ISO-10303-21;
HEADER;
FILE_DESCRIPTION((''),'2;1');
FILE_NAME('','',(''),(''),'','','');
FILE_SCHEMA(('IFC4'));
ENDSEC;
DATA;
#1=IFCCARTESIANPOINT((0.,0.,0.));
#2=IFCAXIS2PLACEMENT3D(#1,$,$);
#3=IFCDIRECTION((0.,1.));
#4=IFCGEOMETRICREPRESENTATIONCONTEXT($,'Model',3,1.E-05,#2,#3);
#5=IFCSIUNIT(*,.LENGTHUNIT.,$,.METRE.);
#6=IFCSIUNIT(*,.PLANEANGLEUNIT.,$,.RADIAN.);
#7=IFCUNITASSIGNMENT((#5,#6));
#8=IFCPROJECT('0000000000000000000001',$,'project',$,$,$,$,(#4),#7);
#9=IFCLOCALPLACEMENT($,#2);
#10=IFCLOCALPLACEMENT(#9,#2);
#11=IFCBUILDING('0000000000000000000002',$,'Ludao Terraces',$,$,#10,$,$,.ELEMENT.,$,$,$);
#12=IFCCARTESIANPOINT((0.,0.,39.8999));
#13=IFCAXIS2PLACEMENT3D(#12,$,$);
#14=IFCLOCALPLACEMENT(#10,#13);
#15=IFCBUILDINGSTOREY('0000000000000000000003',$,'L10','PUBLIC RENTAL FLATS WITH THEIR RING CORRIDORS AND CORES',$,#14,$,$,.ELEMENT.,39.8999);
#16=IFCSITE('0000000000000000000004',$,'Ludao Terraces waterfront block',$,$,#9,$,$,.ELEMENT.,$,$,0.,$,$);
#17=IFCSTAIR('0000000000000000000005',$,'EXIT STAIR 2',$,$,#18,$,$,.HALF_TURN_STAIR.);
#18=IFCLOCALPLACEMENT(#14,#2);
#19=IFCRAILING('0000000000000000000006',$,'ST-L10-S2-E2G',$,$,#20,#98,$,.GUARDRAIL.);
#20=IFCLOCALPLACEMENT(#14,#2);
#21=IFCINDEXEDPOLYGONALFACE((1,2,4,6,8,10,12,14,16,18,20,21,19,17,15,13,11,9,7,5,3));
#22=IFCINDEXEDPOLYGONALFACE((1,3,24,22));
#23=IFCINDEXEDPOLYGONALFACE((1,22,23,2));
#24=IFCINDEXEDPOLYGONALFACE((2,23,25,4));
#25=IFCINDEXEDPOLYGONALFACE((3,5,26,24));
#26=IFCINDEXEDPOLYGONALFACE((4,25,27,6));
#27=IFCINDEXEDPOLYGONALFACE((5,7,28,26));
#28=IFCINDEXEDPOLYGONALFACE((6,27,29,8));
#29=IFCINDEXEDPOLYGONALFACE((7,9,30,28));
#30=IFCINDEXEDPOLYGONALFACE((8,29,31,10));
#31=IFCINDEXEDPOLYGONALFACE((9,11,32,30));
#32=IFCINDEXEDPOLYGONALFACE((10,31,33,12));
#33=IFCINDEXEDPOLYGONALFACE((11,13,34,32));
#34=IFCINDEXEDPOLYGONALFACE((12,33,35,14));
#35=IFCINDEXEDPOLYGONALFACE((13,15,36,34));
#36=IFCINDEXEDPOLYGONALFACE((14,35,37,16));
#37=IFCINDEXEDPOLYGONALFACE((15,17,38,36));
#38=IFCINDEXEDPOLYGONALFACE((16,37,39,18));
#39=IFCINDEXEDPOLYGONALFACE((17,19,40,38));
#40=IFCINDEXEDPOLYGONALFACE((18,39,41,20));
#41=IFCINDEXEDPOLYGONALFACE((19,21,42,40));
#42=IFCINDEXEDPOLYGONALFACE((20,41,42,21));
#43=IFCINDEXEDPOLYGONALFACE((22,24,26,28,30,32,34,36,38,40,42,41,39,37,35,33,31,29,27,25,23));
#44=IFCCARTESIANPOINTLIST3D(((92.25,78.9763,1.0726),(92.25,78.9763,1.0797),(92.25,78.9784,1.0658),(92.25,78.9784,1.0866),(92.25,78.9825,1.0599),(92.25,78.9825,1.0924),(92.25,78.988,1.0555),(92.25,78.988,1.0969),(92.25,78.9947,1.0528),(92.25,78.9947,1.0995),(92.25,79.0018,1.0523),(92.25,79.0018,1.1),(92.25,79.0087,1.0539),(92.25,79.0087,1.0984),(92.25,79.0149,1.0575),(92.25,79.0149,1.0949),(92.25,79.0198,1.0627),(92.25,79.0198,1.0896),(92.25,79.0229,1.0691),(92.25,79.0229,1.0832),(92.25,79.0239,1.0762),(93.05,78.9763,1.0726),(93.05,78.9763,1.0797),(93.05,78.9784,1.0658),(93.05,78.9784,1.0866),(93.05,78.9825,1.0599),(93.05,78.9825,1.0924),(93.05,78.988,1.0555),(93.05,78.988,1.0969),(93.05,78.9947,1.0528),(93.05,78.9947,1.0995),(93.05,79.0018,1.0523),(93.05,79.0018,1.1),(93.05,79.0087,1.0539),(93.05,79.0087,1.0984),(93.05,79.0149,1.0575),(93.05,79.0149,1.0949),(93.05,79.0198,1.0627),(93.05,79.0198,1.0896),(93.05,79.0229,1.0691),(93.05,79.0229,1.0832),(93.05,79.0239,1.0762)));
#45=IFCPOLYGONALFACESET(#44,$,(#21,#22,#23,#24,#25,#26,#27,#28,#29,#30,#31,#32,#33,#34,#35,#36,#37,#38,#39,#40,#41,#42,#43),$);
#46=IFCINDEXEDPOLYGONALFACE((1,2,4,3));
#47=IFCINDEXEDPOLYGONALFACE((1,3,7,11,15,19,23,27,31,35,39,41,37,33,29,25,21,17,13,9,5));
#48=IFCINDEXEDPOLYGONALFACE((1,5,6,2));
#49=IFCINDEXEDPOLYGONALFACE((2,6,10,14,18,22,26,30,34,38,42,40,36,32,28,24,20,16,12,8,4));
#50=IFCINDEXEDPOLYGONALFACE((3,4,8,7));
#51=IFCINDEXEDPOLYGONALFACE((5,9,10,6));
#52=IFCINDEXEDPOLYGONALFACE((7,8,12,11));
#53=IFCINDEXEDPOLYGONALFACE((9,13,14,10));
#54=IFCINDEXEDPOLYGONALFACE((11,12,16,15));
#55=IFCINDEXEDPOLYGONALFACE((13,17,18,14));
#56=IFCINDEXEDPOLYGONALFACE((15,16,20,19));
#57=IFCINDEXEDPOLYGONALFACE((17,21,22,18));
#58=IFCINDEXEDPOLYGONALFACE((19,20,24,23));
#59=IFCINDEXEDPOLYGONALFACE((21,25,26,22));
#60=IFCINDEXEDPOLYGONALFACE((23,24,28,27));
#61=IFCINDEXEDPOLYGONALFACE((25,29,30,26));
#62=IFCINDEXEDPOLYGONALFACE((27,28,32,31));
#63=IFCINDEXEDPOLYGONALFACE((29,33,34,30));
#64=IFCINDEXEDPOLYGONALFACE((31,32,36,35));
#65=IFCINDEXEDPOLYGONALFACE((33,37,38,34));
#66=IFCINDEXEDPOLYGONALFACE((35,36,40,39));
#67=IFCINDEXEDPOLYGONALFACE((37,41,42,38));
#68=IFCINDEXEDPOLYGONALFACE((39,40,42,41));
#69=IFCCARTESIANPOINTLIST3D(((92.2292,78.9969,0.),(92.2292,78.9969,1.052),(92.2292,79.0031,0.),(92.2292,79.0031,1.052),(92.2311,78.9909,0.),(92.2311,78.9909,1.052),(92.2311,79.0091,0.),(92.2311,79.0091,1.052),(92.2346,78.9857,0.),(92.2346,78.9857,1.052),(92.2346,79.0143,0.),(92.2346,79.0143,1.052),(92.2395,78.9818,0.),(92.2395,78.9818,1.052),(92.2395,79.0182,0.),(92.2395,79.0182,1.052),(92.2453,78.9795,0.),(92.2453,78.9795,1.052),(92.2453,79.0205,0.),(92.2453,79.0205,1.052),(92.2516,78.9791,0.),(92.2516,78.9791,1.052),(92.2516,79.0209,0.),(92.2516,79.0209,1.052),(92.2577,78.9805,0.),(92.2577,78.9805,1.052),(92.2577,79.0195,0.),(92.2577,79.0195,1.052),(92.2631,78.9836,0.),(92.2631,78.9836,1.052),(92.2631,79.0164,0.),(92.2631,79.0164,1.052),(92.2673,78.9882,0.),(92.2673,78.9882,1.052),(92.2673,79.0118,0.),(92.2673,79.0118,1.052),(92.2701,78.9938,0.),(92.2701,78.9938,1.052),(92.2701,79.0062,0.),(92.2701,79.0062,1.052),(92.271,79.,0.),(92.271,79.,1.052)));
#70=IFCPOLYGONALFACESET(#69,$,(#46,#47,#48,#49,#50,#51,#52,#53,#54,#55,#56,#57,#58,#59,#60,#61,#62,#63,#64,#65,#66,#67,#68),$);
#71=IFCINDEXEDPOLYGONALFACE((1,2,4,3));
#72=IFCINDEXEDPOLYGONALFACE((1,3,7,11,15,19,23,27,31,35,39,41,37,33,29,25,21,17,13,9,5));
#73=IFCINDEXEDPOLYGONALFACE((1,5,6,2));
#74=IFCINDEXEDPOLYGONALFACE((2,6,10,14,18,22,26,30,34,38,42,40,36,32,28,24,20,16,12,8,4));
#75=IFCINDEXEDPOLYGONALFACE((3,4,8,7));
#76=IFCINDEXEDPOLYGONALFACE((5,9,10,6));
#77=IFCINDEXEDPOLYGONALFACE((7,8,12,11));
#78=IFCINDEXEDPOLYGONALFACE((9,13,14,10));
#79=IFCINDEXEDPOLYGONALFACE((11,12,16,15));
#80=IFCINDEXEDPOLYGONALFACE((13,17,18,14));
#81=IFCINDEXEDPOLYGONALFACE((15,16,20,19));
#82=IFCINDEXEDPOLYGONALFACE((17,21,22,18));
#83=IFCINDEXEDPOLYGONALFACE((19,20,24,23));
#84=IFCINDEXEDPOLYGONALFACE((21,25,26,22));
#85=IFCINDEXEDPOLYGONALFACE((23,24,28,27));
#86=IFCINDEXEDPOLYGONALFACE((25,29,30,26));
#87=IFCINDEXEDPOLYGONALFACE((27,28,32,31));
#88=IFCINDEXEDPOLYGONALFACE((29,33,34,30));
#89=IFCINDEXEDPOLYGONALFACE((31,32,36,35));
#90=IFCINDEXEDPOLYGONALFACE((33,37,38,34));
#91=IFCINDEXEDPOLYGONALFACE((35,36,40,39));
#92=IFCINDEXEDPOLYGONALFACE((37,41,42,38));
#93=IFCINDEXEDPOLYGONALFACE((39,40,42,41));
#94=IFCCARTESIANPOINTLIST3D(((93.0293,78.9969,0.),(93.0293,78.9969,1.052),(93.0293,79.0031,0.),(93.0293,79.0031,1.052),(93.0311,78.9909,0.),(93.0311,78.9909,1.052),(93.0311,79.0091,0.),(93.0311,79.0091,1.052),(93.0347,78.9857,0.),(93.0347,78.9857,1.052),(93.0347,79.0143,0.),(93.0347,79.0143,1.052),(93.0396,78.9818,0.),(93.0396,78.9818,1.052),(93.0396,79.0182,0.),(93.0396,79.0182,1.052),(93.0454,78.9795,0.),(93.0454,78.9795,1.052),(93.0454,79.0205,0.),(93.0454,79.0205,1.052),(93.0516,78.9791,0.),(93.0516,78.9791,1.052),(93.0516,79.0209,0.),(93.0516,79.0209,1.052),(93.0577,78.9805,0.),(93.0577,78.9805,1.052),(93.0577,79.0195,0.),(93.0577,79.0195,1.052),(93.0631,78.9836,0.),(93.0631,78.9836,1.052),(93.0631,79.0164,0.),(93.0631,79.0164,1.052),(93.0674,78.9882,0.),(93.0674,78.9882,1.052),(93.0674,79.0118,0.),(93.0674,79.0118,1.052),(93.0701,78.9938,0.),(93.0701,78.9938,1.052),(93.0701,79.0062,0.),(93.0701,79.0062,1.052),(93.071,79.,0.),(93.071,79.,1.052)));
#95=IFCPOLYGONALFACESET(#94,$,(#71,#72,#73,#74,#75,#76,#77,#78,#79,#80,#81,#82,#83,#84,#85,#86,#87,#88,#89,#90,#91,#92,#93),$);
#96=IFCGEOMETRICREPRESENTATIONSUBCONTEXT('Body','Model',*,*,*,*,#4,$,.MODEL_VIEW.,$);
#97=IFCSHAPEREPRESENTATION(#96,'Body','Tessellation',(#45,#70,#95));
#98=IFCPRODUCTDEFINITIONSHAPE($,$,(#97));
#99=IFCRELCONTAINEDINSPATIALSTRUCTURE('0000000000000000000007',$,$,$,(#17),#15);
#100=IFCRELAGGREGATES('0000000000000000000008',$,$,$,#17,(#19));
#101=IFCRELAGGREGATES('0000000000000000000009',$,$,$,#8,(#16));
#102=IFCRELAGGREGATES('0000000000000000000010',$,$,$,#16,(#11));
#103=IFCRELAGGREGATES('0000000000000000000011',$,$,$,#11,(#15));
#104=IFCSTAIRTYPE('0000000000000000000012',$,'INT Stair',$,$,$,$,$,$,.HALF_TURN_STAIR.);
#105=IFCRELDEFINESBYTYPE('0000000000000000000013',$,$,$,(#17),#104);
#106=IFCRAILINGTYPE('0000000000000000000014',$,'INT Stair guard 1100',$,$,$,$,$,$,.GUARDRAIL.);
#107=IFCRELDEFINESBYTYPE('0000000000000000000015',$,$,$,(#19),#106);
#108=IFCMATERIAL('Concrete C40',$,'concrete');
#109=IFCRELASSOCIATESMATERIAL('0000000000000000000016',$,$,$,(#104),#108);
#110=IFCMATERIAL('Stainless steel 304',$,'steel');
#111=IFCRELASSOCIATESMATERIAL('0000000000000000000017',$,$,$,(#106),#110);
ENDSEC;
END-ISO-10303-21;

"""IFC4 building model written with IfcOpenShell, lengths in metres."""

from ifc_helpers import new_model, si_unit, direction, frame, origin, origin_2d, place, context, subcontext, project, spatial, circle, extrude, material, type_object, element, aggregate, save


model = new_model("IFC4")

# Units and contexts
model_context = context("Model", 3, precision=1e-05, world=origin(), true_north=direction((0.0, 1.0)))
body_context = subcontext(model_context, "Body", "Model", "MODEL_VIEW")
ifc_project = project(units=[si_unit("LENGTHUNIT", "METRE"), si_unit("PLANEANGLEUNIT", "RADIAN")], contexts=[model_context])

# Site, building, storey
site_placement = place(None, origin())
site = spatial("IfcSite", under=ifc_project, at=site_placement, Name="Ludao Terraces waterfront block", CompositionType="ELEMENT", RefElevation=0.0)
building_placement = place(site_placement, origin())
building = spatial("IfcBuilding", under=site, at=building_placement, Name="Ludao Terraces", CompositionType="ELEMENT")
storey_placement = place(building_placement, frame((0.0, 0.0, 39.8999)))
storey = spatial("IfcBuildingStorey", under=building, at=storey_placement, Name="L10", Description="PUBLIC RENTAL FLATS WITH THEIR RING CORRIDORS AND CORES", CompositionType="ELEMENT", Elevation=39.8999)

# Stair, railing
ifc_material_1 = material(Name="Concrete C40", Category="concrete")
stair_type = type_object("IfcStairType", Name="INT Stair", PredefinedType="HALF_TURN_STAIR", material=ifc_material_1)
stair_placement = place(storey_placement, origin())
stair = element("IfcStair", 1, at=stair_placement, inside=storey, type_object=stair_type, Name="EXIT STAIR 2", PredefinedType="HALF_TURN_STAIR")
ifc_material_2 = material(Name="Stainless steel 304", Category="steel")
railing_type_1 = type_object("IfcRailingType", Name="INT Stair guard 1100", PredefinedType="GUARDRAIL", material=ifc_material_2)
railing_1_placement = place(storey_placement, frame((92.25, 79.0, 0.0)))
railing_1 = element("IfcRailing", 2, at=railing_1_placement, type_object=railing_type_1, Name="ST-L10-S2-E2G", PredefinedType="GUARDRAIL", context=body_context, shape_type="SweptSolid", body=[
    extrude(circle(Radius=0.0239, at=origin_2d()), frame((0.0, 0.0, 1.0762), z_axis=(1.0, 0.0, 0.0), x_axis=(0.0, 1.0, 0.0)), (0.0, 0.0, 1.0), 0.8),
    extrude(circle(Radius=0.021, at=origin_2d()), origin(), (0.0, 0.0, 1.0), 1.052),
    extrude(circle(Radius=0.021, at=origin_2d()), frame((0.8, 0.0, 0.0)), (0.0, 0.0, 1.0), 1.052),
])
aggregate(stair, [railing_1])

save(model, "model.ifc")
